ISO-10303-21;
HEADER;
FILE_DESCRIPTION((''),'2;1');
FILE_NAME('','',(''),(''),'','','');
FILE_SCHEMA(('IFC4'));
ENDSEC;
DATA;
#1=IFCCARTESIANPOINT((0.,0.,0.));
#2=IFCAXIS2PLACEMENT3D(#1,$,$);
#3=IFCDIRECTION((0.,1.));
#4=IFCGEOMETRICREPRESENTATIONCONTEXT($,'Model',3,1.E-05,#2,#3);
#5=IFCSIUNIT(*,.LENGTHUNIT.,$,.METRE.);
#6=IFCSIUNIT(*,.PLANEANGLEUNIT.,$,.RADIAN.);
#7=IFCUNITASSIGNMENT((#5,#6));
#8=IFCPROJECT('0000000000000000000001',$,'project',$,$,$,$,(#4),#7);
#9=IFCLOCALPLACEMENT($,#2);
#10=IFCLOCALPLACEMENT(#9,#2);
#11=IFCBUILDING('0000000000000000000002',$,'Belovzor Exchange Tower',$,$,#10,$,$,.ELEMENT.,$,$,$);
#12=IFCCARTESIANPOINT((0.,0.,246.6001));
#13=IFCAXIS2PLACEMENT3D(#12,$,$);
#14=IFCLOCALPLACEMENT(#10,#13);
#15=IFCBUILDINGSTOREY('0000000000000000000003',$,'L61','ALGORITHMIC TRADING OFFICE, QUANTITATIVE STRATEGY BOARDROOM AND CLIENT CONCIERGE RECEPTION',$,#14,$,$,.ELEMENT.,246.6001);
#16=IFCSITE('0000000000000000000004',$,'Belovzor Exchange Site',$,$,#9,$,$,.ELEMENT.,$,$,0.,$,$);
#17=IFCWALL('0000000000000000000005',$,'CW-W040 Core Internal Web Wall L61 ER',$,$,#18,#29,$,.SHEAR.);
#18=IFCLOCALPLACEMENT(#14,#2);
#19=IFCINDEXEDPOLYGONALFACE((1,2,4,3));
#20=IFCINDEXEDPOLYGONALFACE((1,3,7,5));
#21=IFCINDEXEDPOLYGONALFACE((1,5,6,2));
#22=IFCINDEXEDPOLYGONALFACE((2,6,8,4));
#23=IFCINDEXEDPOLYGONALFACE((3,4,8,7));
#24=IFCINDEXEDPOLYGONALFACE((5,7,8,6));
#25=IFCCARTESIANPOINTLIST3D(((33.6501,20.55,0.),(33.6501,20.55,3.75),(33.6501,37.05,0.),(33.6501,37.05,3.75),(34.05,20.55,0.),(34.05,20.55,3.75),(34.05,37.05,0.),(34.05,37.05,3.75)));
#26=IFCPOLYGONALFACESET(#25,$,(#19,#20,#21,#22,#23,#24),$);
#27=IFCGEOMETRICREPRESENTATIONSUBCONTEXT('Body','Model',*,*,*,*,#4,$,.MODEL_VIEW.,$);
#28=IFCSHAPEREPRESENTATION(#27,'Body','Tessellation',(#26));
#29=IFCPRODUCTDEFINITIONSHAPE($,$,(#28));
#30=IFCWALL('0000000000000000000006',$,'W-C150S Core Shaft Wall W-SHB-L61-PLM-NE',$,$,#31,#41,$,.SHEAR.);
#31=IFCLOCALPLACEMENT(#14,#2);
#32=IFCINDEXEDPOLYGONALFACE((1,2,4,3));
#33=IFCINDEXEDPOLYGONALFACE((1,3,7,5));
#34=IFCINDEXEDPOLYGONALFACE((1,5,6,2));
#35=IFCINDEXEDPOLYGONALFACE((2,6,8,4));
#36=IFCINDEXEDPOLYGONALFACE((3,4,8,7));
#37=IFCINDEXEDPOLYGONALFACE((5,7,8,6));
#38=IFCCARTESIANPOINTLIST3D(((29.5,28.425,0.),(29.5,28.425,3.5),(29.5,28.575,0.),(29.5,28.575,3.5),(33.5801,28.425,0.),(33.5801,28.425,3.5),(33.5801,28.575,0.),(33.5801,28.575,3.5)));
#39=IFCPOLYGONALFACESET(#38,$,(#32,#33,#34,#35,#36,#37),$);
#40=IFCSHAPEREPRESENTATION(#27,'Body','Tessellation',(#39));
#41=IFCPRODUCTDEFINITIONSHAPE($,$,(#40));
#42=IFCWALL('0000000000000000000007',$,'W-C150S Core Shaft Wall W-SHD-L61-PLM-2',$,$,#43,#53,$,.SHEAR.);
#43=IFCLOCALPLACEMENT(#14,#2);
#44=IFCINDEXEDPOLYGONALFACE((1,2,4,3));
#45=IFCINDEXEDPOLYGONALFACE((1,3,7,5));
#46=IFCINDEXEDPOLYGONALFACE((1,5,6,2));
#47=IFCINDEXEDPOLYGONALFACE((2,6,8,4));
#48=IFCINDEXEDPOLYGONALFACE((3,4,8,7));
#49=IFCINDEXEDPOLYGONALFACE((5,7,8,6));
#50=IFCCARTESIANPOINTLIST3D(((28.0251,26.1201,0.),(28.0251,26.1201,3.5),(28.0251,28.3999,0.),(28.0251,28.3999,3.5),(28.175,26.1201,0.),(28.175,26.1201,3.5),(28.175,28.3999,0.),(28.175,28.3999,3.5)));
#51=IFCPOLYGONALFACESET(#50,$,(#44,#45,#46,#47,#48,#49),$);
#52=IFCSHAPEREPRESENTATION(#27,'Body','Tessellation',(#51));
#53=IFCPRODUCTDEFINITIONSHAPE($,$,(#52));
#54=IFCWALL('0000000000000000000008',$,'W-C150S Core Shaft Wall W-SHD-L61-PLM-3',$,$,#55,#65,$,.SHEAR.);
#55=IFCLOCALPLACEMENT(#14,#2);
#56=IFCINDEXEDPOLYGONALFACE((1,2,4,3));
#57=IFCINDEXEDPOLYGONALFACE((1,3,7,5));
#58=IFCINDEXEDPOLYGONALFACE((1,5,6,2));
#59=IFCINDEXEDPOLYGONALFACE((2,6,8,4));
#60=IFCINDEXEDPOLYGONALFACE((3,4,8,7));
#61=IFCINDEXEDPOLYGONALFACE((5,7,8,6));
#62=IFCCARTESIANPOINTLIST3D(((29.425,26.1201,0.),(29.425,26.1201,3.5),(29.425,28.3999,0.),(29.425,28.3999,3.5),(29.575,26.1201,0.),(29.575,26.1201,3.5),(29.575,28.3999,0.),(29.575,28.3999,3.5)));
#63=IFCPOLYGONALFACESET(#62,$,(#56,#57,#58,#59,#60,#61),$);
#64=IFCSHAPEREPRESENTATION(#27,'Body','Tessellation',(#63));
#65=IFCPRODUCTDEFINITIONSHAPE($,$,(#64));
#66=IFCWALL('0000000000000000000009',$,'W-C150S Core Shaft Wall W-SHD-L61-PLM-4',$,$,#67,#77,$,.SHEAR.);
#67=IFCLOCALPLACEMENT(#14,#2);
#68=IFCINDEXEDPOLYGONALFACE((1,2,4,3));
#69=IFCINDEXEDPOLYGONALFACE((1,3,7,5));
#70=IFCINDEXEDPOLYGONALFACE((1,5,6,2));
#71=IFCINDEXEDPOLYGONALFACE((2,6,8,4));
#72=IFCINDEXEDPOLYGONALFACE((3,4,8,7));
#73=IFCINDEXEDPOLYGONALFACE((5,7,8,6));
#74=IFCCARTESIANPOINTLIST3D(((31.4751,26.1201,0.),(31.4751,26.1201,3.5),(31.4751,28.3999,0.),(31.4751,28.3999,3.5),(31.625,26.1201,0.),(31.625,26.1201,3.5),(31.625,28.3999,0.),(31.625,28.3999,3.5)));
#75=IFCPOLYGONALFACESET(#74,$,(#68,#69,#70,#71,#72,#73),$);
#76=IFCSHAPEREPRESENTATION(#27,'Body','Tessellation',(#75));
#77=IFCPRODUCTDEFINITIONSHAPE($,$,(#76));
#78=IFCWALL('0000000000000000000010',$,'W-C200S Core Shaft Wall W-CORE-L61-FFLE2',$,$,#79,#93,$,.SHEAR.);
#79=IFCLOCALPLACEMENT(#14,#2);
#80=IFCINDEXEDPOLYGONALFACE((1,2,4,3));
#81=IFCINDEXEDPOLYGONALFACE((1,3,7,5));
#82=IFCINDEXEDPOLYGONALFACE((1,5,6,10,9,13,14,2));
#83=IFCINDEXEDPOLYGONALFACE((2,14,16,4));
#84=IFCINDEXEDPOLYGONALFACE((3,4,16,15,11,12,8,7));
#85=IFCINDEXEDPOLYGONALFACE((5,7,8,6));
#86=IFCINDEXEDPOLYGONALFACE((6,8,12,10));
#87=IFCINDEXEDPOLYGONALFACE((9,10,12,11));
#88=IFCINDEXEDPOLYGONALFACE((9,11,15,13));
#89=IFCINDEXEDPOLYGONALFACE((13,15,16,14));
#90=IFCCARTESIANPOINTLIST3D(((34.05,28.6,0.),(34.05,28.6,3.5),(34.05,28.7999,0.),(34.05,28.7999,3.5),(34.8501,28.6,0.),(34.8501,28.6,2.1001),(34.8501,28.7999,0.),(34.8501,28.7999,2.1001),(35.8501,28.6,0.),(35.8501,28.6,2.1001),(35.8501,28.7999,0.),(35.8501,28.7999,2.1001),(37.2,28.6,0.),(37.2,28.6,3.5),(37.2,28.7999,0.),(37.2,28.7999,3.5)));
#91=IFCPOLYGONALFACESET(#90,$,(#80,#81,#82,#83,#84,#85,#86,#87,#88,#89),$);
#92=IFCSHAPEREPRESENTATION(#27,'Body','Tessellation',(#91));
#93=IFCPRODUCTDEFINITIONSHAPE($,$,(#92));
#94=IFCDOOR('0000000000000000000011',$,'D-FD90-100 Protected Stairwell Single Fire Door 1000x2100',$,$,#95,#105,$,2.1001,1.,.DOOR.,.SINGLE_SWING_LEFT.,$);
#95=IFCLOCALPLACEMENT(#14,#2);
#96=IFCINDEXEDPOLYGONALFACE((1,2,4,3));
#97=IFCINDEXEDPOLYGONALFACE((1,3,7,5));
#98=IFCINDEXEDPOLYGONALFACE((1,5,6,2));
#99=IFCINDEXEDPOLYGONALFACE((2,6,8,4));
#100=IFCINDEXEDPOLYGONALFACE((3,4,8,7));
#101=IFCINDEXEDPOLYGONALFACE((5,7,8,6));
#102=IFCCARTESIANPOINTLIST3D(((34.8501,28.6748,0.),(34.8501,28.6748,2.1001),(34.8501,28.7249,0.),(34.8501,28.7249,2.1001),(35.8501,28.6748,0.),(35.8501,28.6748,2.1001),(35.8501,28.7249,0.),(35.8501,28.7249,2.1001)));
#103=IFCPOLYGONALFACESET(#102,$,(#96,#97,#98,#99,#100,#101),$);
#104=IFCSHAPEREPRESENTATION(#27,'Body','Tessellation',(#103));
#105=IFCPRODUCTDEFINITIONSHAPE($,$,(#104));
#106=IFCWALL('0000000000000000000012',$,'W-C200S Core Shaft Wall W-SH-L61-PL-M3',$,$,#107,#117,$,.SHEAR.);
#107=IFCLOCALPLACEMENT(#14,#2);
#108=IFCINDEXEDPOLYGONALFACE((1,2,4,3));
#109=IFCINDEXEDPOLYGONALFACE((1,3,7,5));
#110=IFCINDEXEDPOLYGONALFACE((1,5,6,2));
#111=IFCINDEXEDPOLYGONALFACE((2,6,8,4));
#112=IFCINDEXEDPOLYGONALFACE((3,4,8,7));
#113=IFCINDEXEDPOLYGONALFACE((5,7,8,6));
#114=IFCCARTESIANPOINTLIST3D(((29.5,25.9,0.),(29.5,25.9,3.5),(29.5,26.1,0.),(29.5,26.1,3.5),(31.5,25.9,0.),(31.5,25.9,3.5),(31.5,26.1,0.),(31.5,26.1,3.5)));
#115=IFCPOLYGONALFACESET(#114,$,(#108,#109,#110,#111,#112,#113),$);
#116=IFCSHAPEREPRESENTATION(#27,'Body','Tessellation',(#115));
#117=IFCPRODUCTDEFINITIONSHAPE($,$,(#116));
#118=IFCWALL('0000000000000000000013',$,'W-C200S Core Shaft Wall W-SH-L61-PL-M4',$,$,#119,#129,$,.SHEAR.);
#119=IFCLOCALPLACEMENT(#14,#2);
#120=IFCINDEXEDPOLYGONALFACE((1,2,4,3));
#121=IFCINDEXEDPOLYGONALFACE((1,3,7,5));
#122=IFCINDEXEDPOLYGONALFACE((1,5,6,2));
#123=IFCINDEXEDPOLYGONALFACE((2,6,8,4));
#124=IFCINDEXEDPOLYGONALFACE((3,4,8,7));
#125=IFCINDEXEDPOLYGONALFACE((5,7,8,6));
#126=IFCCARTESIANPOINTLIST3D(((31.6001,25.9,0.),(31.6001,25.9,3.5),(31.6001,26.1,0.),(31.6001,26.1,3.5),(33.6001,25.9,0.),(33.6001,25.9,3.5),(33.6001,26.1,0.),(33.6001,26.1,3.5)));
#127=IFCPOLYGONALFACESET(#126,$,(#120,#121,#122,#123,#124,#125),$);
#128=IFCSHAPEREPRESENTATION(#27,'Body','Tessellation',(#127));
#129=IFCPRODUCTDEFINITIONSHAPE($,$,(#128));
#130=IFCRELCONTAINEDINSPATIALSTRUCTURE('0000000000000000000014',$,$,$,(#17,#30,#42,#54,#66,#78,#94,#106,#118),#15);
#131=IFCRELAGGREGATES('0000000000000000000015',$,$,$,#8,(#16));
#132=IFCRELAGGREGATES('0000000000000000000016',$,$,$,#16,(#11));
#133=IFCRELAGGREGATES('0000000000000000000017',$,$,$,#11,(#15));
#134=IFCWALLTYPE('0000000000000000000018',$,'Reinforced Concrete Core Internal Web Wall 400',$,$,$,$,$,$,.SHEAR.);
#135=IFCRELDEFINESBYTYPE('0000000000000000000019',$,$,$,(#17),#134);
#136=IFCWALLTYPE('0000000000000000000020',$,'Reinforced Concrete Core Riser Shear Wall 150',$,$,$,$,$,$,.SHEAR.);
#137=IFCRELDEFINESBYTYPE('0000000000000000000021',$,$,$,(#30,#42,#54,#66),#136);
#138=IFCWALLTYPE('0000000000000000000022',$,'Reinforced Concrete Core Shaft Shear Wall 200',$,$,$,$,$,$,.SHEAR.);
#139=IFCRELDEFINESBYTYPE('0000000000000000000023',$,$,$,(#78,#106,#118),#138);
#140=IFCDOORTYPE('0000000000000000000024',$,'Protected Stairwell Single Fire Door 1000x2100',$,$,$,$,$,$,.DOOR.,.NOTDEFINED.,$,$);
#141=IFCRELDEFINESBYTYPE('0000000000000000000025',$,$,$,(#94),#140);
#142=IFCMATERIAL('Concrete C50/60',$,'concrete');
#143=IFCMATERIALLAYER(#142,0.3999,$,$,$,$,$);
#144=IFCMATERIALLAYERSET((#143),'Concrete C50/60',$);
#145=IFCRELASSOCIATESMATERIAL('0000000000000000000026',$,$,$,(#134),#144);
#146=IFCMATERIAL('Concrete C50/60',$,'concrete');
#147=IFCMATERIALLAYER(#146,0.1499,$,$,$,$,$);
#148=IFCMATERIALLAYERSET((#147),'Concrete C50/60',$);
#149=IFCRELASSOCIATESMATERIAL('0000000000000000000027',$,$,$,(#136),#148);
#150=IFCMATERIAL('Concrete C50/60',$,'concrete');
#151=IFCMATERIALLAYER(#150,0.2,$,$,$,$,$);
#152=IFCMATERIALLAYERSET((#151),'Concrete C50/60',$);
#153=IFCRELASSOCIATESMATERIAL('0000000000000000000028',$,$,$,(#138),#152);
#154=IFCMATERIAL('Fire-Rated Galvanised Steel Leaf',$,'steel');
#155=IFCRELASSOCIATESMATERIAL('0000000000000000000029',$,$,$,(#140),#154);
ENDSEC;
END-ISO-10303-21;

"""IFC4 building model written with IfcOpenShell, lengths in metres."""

from ifc_helpers import new_model, si_unit, direction, frame, frame_2d, origin, place, context, subcontext, project, spatial, rectangle, extrude, material, layer, layer_set, type_object, element, fill, save


model = new_model("IFC4")

# Units and contexts
model_context = context("Model", 3, precision=1e-05, world=origin(), true_north=direction((0.0, 1.0)))
body_context = subcontext(model_context, "Body", "Model", "MODEL_VIEW")
ifc_project = project(units=[si_unit("LENGTHUNIT", "METRE"), si_unit("PLANEANGLEUNIT", "RADIAN")], contexts=[model_context])

# Site, building, storey
site_placement = place(None, origin())
site = spatial("IfcSite", under=ifc_project, at=site_placement, Name="Belovzor Exchange Site", CompositionType="ELEMENT", RefElevation=0.0)
building_placement = place(site_placement, origin())
building = spatial("IfcBuilding", under=site, at=building_placement, Name="Belovzor Exchange Tower", CompositionType="ELEMENT")
storey_placement = place(building_placement, frame((0.0, 0.0, 246.6001)))
storey = spatial("IfcBuildingStorey", under=building, at=storey_placement, Name="L61", Description="ALGORITHMIC TRADING OFFICE, QUANTITATIVE STRATEGY BOARDROOM AND CLIENT CONCIERGE RECEPTION", CompositionType="ELEMENT", Elevation=246.6001)

# Walls
ifc_material_1 = material(Name="Concrete C50/60", Category="concrete")
ifc_layer_1 = layer(ifc_material_1, 0.3999)
ifc_layer_set_1 = layer_set([ifc_layer_1], Name="Concrete C50/60")
wall_type_1 = type_object("IfcWallType", Name="Reinforced Concrete Core Internal Web Wall 400", PredefinedType="SHEAR", material=ifc_layer_set_1)
wall_1_placement = place(storey_placement, frame((33.8501, 20.55, 0.0), z_axis=(0.0, 0.0, 1.0), x_axis=(0.0, 1.0, 0.0)))
element("IfcWall", 1, at=wall_1_placement, inside=storey, type_object=wall_type_1, Name="CW-W040 Core Internal Web Wall L61 ER", PredefinedType="SHEAR", context=body_context, shape_type="SweptSolid", body=[
    extrude(rectangle(XDim=16.5, YDim=0.3999, at=frame_2d((8.25, 0.0))), origin(), (0.0, 0.0, 1.0), 3.75),
])
ifc_material_2 = material(Name="Concrete C50/60", Category="concrete")
ifc_layer_2 = layer(ifc_material_2, 0.1499)
ifc_layer_set_2 = layer_set([ifc_layer_2], Name="Concrete C50/60")
wall_type_2 = type_object("IfcWallType", Name="Reinforced Concrete Core Riser Shear Wall 150", PredefinedType="SHEAR", material=ifc_layer_set_2)
wall_2_placement = place(storey_placement, frame((29.5, 28.5, 0.0), z_axis=(0.0, 0.0, 1.0), x_axis=(1.0, 0.0, 0.0)))
element("IfcWall", 2, at=wall_2_placement, inside=storey, type_object=wall_type_2, Name="W-C150S Core Shaft Wall W-SHB-L61-PLM-NE", PredefinedType="SHEAR", context=body_context, shape_type="SweptSolid", body=[
    extrude(rectangle(XDim=4.0801, YDim=0.1499, at=frame_2d((2.04, 0.0))), origin(), (0.0, 0.0, 1.0), 3.5),
])
for number, where, z_axis, x_axis, name in (
    (3, (28.1001, 26.1201, 0.0), (0.0, 0.0, 1.0), (0.0, 1.0, 0.0), "W-C150S Core Shaft Wall W-SHD-L61-PLM-2"),
    (4, (29.5, 26.1201, 0.0), (0.0, 0.0, 1.0), (0.0, 1.0, 0.0), "W-C150S Core Shaft Wall W-SHD-L61-PLM-3"),
    (5, (31.55, 26.1201, 0.0), (0.0, 0.0, 1.0), (0.0, 1.0, 0.0), "W-C150S Core Shaft Wall W-SHD-L61-PLM-4"),
):
    element("IfcWall", number, at=place(storey_placement, frame(where, z_axis=z_axis, x_axis=x_axis)), inside=storey, type_object=wall_type_2, Name=name, PredefinedType="SHEAR", context=body_context, shape_type="SweptSolid", body=[
        extrude(rectangle(XDim=2.2798, YDim=0.1499, at=frame_2d((1.1399, 0.0))), origin(), (0.0, 0.0, 1.0), 3.5),
    ])

# Wall, opening, door
ifc_material_3 = material(Name="Concrete C50/60", Category="concrete")
ifc_layer_3 = layer(ifc_material_3, 0.2)
ifc_layer_set_3 = layer_set([ifc_layer_3], Name="Concrete C50/60")
wall_type_3 = type_object("IfcWallType", Name="Reinforced Concrete Core Shaft Shear Wall 200", PredefinedType="SHEAR", material=ifc_layer_set_3)
wall_3_placement = place(storey_placement, frame((34.05, 28.7, 0.0), z_axis=(0.0, 0.0, 1.0), x_axis=(1.0, 0.0, 0.0)))
wall_3 = element("IfcWall", 6, at=wall_3_placement, inside=storey, type_object=wall_type_3, Name="W-C200S Core Shaft Wall W-CORE-L61-FFLE2", PredefinedType="SHEAR", context=body_context, shape_type="SweptSolid", body=[
    extrude(rectangle(XDim=3.1499, YDim=0.2, at=frame_2d((1.575, 0.0))), origin(), (0.0, 0.0, 1.0), 3.5),
])
opening_1_placement = place(wall_3_placement, frame((0.8, 0.0, 0.0)))
opening_1 = element("IfcOpeningElement", 7, at=opening_1_placement, cuts=wall_3, PredefinedType="OPENING", context=body_context, shape_type="SweptSolid", body=[
    extrude(rectangle(XDim=1.0, YDim=2.1001, at=frame_2d((0.5, 1.05))), frame((0.0, 0.1099, 0.0), z_axis=(0.0, -1.0, 0.0), x_axis=(1.0, 0.0, 0.0)), (0.0, 0.0, 1.0), 0.22),
])
ifc_material_4 = material(Name="Fire-Rated Galvanised Steel Leaf", Category="steel")
door_type_1 = type_object("IfcDoorType", Name="Protected Stairwell Single Fire Door 1000x2100", OperationType="NOTDEFINED", PredefinedType="DOOR", material=ifc_material_4)
door_1_placement = place(opening_1_placement, origin())
door_1 = element("IfcDoor", 8, at=door_1_placement, inside=storey, type_object=door_type_1, Name="D-FD90-100 Protected Stairwell Single Fire Door 1000x2100", OperationType="SINGLE_SWING_LEFT", OverallHeight=2.1001, OverallWidth=1.0, PredefinedType="DOOR", context=body_context, shape_type="SweptSolid", body=[
    extrude(rectangle(XDim=1.0, YDim=2.1001, at=frame_2d((0.5, 1.05))), frame((0.0, 0.0249, 0.0), z_axis=(0.0, -1.0, 0.0), x_axis=(1.0, 0.0, 0.0)), (0.0, 0.0, 1.0), 0.05),
])
fill(opening_1, door_1)

# Walls
for number, where, z_axis, x_axis, name in (
    (9, (29.5, 26.0, 0.0), (0.0, 0.0, 1.0), (1.0, 0.0, 0.0), "W-C200S Core Shaft Wall W-SH-L61-PL-M3"),
    (10, (31.6001, 26.0, 0.0), (0.0, 0.0, 1.0), (1.0, 0.0, 0.0), "W-C200S Core Shaft Wall W-SH-L61-PL-M4"),
):
    element("IfcWall", number, at=place(storey_placement, frame(where, z_axis=z_axis, x_axis=x_axis)), inside=storey, type_object=wall_type_3, Name=name, PredefinedType="SHEAR", context=body_context, shape_type="SweptSolid", body=[
        extrude(rectangle(XDim=2.0, YDim=0.2, at=frame_2d((1.0, 0.0))), origin(), (0.0, 0.0, 1.0), 3.5),
    ])

save(model, "model.ifc")
